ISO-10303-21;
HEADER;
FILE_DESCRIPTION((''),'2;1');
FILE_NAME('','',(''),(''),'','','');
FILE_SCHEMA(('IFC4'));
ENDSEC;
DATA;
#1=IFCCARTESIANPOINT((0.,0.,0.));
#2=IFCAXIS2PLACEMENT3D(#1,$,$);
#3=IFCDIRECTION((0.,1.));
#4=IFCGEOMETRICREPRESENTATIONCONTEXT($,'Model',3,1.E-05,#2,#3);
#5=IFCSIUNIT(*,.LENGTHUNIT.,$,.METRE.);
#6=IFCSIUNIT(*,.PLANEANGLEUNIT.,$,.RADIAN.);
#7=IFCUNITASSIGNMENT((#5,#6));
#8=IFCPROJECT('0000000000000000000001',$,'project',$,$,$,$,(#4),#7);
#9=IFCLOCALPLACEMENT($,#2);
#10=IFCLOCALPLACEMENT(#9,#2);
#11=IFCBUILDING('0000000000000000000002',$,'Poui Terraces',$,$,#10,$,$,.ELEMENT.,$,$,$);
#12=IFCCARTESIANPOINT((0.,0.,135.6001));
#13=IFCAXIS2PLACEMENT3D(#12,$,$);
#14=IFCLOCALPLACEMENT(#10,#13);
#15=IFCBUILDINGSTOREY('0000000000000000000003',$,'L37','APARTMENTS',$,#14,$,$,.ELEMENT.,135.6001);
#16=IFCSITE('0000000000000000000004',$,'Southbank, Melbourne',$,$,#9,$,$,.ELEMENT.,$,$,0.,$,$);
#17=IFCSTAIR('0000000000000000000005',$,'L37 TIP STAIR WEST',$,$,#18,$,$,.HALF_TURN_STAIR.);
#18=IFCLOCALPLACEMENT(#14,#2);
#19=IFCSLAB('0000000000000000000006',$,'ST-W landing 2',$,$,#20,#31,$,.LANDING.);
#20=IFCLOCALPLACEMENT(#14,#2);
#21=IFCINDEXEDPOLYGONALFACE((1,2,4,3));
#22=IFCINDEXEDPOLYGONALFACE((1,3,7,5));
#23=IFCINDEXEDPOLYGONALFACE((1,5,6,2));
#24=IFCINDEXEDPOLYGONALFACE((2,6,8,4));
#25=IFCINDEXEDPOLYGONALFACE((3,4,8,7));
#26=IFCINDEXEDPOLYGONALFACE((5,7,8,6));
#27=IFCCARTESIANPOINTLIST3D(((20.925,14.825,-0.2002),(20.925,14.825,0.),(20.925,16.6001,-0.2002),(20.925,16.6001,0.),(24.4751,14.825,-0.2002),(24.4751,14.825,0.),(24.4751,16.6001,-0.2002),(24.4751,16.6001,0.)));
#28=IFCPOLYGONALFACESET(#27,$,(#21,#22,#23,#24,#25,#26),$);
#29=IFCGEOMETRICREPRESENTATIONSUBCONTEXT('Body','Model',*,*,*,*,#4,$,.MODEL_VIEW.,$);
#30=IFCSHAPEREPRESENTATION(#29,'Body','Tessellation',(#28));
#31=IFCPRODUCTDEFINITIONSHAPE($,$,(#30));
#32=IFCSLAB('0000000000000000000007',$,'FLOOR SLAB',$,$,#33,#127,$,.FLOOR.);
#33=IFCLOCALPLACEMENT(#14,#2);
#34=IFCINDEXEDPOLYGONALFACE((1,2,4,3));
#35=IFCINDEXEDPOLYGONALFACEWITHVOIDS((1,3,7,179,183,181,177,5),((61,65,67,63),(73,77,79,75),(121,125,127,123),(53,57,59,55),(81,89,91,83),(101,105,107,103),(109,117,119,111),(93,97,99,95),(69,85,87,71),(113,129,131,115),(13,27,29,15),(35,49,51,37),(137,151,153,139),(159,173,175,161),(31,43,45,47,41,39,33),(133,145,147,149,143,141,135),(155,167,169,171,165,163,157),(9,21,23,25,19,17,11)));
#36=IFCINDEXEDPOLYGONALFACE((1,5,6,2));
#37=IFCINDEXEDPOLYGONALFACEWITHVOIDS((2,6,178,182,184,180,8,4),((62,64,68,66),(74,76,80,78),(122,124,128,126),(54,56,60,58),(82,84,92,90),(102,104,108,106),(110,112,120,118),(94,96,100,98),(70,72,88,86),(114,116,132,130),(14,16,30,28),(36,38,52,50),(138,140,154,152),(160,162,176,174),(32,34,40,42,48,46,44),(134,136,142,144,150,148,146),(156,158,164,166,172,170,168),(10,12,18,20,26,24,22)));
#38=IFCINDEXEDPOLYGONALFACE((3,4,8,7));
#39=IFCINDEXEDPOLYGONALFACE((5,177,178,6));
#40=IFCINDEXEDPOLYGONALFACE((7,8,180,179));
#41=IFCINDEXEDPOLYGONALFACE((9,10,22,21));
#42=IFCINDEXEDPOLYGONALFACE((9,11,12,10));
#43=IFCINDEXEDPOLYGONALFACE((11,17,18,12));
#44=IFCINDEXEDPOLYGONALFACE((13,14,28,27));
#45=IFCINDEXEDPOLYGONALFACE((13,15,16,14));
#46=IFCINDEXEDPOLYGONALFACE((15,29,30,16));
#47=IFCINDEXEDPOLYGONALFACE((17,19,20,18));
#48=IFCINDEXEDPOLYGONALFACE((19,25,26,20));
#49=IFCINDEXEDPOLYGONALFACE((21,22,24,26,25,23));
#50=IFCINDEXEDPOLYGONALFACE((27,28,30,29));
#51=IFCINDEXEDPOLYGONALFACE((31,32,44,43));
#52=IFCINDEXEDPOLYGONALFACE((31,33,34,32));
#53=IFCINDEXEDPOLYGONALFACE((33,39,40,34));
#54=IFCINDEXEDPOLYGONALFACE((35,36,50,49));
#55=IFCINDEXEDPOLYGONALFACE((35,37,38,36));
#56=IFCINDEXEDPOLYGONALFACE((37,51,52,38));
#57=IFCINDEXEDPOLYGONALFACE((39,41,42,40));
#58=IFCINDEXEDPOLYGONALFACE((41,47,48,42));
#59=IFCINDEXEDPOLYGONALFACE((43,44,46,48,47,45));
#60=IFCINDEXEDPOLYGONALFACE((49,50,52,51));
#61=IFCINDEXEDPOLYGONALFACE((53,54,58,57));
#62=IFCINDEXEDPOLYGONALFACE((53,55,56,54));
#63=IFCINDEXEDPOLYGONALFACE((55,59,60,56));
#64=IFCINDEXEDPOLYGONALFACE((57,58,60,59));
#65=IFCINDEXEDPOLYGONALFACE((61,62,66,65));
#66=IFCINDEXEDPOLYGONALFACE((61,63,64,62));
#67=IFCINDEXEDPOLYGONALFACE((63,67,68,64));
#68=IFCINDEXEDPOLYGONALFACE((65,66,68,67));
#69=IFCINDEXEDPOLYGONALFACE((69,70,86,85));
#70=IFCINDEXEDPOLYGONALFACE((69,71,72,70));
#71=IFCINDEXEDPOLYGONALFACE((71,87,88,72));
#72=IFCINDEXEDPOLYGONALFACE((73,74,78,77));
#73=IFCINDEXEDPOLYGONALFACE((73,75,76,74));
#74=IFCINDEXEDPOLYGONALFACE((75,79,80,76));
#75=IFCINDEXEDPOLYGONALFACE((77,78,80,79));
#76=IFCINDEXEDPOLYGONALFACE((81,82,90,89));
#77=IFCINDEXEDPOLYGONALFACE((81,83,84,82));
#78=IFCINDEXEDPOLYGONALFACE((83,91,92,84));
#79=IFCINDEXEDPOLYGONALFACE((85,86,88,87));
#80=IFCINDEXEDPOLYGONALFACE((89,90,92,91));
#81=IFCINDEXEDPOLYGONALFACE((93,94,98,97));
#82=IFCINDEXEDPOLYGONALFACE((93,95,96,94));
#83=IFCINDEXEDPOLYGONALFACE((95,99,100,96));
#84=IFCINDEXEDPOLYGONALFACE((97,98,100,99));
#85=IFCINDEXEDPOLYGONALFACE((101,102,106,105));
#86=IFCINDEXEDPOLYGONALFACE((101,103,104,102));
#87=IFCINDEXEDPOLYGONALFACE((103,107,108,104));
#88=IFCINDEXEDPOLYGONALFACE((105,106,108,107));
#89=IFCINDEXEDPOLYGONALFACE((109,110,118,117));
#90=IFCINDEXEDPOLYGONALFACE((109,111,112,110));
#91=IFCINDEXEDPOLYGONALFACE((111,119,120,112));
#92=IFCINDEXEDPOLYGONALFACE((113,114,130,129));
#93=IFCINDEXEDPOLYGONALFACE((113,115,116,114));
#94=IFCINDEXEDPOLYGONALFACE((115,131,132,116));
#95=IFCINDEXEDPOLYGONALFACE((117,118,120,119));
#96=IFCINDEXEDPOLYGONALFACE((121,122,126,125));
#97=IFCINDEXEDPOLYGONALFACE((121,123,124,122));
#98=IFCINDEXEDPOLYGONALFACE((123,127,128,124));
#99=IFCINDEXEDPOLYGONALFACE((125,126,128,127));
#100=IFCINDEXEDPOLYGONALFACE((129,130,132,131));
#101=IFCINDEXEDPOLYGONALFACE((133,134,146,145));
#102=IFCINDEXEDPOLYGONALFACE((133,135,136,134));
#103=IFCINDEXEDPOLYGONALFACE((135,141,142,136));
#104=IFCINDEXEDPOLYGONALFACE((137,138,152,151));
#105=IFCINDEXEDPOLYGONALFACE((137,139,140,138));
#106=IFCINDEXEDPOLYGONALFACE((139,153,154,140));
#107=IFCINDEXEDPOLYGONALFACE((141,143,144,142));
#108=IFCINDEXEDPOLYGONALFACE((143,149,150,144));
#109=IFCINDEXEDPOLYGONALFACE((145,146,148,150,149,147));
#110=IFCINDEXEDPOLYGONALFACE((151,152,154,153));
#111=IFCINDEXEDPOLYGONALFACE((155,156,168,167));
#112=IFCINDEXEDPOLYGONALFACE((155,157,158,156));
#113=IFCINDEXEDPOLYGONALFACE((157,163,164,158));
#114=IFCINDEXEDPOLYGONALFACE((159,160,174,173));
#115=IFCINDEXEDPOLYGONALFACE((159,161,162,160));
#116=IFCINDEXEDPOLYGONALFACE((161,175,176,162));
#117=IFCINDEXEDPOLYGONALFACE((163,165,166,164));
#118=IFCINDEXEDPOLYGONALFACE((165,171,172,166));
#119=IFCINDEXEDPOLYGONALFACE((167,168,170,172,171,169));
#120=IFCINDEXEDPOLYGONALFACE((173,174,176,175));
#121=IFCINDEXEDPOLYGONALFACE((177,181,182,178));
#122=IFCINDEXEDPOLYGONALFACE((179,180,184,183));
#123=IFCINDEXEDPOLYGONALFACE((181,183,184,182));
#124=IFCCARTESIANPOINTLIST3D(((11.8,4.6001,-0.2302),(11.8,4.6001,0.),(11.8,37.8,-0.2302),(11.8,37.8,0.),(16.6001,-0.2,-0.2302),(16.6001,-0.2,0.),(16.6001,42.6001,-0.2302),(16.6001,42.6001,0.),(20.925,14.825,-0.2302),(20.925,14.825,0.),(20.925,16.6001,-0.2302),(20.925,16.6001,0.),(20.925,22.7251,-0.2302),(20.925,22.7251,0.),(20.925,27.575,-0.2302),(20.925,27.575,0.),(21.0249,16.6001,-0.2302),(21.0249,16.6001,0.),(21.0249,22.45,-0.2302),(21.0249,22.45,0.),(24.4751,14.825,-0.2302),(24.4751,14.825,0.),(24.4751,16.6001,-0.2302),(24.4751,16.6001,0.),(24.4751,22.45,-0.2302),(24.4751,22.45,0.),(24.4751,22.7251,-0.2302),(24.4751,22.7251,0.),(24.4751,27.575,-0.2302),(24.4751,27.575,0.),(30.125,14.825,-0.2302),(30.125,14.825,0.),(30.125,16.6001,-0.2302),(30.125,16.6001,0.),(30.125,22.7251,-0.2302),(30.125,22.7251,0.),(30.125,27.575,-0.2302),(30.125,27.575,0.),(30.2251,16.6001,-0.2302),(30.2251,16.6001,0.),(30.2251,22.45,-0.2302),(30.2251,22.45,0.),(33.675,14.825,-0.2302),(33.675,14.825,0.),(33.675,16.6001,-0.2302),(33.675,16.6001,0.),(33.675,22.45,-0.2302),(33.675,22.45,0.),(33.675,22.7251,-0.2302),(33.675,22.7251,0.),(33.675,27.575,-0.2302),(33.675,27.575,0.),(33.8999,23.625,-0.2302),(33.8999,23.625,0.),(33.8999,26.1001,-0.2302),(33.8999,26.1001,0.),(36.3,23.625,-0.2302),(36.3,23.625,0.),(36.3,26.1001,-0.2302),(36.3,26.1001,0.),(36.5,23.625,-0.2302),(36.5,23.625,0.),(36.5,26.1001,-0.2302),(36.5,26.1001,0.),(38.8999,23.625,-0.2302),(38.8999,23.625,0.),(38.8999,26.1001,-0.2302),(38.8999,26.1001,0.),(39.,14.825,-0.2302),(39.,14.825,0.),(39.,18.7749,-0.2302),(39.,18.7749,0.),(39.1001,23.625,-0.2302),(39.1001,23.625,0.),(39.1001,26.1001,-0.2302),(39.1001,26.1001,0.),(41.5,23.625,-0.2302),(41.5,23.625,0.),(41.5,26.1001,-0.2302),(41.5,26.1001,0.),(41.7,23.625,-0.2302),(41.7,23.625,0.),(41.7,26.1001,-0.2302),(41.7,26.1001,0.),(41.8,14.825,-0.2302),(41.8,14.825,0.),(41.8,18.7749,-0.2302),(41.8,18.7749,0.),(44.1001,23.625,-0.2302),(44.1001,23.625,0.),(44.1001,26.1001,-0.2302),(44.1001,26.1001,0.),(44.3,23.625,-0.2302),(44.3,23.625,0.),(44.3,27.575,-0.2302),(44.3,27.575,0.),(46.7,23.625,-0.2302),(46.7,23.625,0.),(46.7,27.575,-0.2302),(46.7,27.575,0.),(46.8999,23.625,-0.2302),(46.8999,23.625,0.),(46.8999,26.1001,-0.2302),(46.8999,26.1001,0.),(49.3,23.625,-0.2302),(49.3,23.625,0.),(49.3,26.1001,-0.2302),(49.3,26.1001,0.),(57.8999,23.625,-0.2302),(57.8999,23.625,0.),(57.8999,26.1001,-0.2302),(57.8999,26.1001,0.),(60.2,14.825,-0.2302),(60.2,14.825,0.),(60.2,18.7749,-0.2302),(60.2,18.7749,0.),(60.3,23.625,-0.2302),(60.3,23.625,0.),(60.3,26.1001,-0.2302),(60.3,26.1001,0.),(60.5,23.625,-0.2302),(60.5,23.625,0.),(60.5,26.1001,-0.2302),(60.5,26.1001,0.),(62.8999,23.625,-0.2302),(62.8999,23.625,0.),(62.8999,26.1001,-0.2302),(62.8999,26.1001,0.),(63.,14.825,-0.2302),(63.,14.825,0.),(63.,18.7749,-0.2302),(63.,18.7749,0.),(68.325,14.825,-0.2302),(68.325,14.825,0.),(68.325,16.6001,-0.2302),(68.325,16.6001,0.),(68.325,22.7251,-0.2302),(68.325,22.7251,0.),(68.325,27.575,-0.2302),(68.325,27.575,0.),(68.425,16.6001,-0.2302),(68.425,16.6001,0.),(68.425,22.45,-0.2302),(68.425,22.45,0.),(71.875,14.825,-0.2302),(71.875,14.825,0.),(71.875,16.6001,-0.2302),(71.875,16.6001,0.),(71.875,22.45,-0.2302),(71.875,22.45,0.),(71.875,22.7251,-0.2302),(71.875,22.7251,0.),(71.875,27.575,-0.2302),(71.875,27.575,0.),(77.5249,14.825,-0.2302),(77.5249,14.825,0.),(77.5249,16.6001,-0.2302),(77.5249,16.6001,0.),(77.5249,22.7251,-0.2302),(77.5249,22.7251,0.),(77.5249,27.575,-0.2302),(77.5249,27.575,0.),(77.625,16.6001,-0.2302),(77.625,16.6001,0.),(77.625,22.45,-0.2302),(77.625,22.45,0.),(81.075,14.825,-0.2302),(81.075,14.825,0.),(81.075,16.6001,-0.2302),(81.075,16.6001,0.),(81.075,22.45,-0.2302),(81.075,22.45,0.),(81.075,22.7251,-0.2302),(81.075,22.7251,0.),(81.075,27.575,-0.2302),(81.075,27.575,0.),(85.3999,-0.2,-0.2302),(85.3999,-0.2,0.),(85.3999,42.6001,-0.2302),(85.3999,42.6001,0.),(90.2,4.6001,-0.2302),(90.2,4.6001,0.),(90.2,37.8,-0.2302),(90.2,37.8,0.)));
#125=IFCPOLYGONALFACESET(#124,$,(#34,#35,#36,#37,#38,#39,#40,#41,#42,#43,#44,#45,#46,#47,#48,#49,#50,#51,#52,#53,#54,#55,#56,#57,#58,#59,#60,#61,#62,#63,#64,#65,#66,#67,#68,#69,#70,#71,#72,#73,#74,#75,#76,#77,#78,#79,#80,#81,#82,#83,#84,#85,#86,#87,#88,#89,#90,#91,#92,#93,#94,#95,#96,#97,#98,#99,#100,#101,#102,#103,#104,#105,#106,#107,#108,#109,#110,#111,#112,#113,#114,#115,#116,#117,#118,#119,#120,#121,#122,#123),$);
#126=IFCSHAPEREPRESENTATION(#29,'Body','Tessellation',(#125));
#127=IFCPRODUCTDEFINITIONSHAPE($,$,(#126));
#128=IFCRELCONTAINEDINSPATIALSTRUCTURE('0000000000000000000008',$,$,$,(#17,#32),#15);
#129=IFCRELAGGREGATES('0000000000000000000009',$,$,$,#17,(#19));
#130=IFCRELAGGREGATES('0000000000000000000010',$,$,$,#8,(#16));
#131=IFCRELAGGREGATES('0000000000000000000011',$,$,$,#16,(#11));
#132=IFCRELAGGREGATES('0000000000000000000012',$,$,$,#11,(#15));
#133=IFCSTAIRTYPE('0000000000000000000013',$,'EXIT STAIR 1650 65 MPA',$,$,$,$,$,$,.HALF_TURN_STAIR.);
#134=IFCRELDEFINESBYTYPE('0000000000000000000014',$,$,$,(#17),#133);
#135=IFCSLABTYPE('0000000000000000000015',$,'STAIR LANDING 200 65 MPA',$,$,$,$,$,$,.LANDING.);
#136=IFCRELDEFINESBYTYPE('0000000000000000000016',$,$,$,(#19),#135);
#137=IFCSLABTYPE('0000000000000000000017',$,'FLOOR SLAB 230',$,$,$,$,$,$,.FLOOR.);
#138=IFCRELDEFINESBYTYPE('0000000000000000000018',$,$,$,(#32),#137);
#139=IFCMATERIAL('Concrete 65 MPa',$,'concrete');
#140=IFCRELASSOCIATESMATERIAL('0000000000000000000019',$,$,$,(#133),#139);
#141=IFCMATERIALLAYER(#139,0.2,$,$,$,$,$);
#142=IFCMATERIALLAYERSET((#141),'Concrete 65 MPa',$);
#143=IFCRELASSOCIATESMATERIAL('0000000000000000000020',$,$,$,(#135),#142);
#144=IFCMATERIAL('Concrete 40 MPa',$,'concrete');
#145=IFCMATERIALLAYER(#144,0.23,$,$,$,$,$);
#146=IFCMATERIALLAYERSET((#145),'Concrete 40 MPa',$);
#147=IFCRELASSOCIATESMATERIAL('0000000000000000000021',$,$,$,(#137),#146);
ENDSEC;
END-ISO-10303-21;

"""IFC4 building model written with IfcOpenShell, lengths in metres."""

from ifc_helpers import new_model, si_unit, direction, frame, origin, place, context, subcontext, project, spatial, polyline, outline, extrude, source, transform, mapped, material, layer, layer_set, type_object, element, aggregate, save


model = new_model("IFC4")

# Units and contexts
model_context = context("Model", 3, precision=1e-05, world=origin(), true_north=direction((0.0, 1.0)))
body_context = subcontext(model_context, "Body", "Model", "MODEL_VIEW")
ifc_project = project(units=[si_unit("LENGTHUNIT", "METRE"), si_unit("PLANEANGLEUNIT", "RADIAN")], contexts=[model_context])

# Site, building, storey
site_placement = place(None, origin())
site = spatial("IfcSite", under=ifc_project, at=site_placement, Name="Southbank, Melbourne", CompositionType="ELEMENT", RefElevation=0.0)
building_placement = place(site_placement, origin())
building = spatial("IfcBuilding", under=site, at=building_placement, Name="Poui Terraces", CompositionType="ELEMENT")
storey_placement = place(building_placement, frame((0.0, 0.0, 135.6001)))
storey = spatial("IfcBuildingStorey", under=building, at=storey_placement, Name="L37", Description="APARTMENTS", CompositionType="ELEMENT", Elevation=135.6001)

# Stair, slab
ifc_material_1 = material(Name="Concrete 65 MPa", Category="concrete")
stair_type = type_object("IfcStairType", Name="EXIT STAIR 1650 65 MPA", PredefinedType="HALF_TURN_STAIR", material=ifc_material_1)
stair_placement = place(storey_placement, origin())
stair = element("IfcStair", 1, at=stair_placement, inside=storey, type_object=stair_type, Name="L37 TIP STAIR WEST", PredefinedType="HALF_TURN_STAIR")
ifc_layer_1 = layer(ifc_material_1, 0.2)
ifc_layer_set_1 = layer_set([ifc_layer_1], Name="Concrete 65 MPa")
slab_type_1 = type_object("IfcSlabType", Name="STAIR LANDING 200 65 MPA", PredefinedType="LANDING", material=ifc_layer_set_1)
slab_1_placement = place(storey_placement, frame((0.0, 0.0, -0.2002)))
slab_1 = element("IfcSlab", 2, at=slab_1_placement, type_object=slab_type_1, Name="ST-W landing 2", PredefinedType="LANDING", context=body_context, shape_type="SweptSolid", body=[
    extrude(outline(polyline([(20.925, 14.825), (24.4751, 14.825), (24.4751, 16.6001), (20.925, 16.6001), (20.925, 14.825)])), origin(), (0.0, 0.0, 1.0), 0.2002),
])
aggregate(stair, [slab_1])

# Slab
ifc_material_2 = material(Name="Concrete 40 MPa", Category="concrete")
ifc_layer_2 = layer(ifc_material_2, 0.23)
ifc_layer_set_2 = layer_set([ifc_layer_2], Name="Concrete 40 MPa")
slab_type_2 = type_object("IfcSlabType", Name="FLOOR SLAB 230", PredefinedType="FLOOR", material=ifc_layer_set_2)
shared_shape = source(origin(), body_context, "Body", "SweptSolid", [
    extrude(outline(polyline([(0.0, 0.0), (4.8, -4.8), (73.5999, -4.8), (78.3999, 0.0), (78.3999, 33.2), (73.5999, 38.0), (4.8, 38.0), (0.0, 33.2), (0.0, 0.0)]), holes=[polyline([(27.2, 10.2249), (27.2, 14.1748), (30.0, 14.1748), (30.0, 10.2249), (27.2, 10.2249)]), polyline([(9.2249, 17.8499), (12.675, 17.8499), (12.675, 12.0), (12.675, 10.2249), (9.125, 10.2249), (9.125, 12.0), (9.2249, 12.0), (9.2249, 17.8499)]), polyline([(18.425, 17.8499), (21.875, 17.8499), (21.875, 12.0), (21.875, 10.2249), (18.325, 10.2249), (18.325, 12.0), (18.425, 12.0), (18.425, 17.8499)]), polyline([(22.0999, 19.0249), (22.0999, 21.5), (24.5, 21.5), (24.5, 19.0249), (22.0999, 19.0249)]), polyline([(24.7, 19.0249), (24.7, 21.5), (27.0999, 21.5), (27.0999, 19.0249), (24.7, 19.0249)]), polyline([(27.3, 19.0249), (27.3, 21.5), (29.7, 21.5), (29.7, 19.0249), (27.3, 19.0249)]), polyline([(29.8999, 19.0249), (29.8999, 21.5), (32.3, 21.5), (32.3, 19.0249), (29.8999, 19.0249)]), polyline([(9.125, 22.9749), (12.675, 22.9749), (12.675, 18.125), (9.125, 18.125), (9.125, 22.9749)]), polyline([(18.325, 22.9749), (21.875, 22.9749), (21.875, 18.125), (18.325, 18.125), (18.325, 22.9749)]), polyline([(48.3999, 10.2249), (48.3999, 14.1748), (51.2, 14.1748), (51.2, 10.2249), (48.3999, 10.2249)]), polyline([(56.625, 17.8499), (60.075, 17.8499), (60.075, 12.0), (60.075, 10.2249), (56.5249, 10.2249), (56.5249, 12.0), (56.625, 12.0), (56.625, 17.8499)]), polyline([(65.825, 17.8499), (69.2749, 17.8499), (69.2749, 12.0), (69.2749, 10.2249), (65.7249, 10.2249), (65.7249, 12.0), (65.825, 12.0), (65.825, 17.8499)]), polyline([(35.0999, 19.0249), (35.0999, 21.5), (37.5, 21.5), (37.5, 19.0249), (35.0999, 19.0249)]), polyline([(46.0999, 19.0249), (46.0999, 21.5), (48.5, 21.5), (48.5, 19.0249), (46.0999, 19.0249)]), polyline([(48.7, 19.0249), (48.7, 21.5), (51.0999, 21.5), (51.0999, 19.0249), (48.7, 19.0249)]), polyline([(56.5249, 18.125), (56.5249, 22.9749), (60.075, 22.9749), (60.075, 18.125), (56.5249, 18.125)]), polyline([(65.7249, 22.9749), (69.2749, 22.9749), (69.2749, 18.125), (65.7249, 18.125), (65.7249, 22.9749)]), polyline([(32.5, 22.9749), (34.8999, 22.9749), (34.8999, 19.0249), (32.5, 19.0249), (32.5, 22.9749)])]), origin(), (0.0, 0.0, 1.0), 0.2302),
])
slab_2_placement = place(storey_placement, frame((11.8, 4.6001, -0.2302)))
element("IfcSlab", 3, at=slab_2_placement, inside=storey, type_object=slab_type_2, Name="FLOOR SLAB", PredefinedType="FLOOR", context=body_context, shape_type="MappedRepresentation", body=[
    mapped(shared_shape, transform((0.0, 0.0, 0.0))),
])

save(model, "model.ifc")
